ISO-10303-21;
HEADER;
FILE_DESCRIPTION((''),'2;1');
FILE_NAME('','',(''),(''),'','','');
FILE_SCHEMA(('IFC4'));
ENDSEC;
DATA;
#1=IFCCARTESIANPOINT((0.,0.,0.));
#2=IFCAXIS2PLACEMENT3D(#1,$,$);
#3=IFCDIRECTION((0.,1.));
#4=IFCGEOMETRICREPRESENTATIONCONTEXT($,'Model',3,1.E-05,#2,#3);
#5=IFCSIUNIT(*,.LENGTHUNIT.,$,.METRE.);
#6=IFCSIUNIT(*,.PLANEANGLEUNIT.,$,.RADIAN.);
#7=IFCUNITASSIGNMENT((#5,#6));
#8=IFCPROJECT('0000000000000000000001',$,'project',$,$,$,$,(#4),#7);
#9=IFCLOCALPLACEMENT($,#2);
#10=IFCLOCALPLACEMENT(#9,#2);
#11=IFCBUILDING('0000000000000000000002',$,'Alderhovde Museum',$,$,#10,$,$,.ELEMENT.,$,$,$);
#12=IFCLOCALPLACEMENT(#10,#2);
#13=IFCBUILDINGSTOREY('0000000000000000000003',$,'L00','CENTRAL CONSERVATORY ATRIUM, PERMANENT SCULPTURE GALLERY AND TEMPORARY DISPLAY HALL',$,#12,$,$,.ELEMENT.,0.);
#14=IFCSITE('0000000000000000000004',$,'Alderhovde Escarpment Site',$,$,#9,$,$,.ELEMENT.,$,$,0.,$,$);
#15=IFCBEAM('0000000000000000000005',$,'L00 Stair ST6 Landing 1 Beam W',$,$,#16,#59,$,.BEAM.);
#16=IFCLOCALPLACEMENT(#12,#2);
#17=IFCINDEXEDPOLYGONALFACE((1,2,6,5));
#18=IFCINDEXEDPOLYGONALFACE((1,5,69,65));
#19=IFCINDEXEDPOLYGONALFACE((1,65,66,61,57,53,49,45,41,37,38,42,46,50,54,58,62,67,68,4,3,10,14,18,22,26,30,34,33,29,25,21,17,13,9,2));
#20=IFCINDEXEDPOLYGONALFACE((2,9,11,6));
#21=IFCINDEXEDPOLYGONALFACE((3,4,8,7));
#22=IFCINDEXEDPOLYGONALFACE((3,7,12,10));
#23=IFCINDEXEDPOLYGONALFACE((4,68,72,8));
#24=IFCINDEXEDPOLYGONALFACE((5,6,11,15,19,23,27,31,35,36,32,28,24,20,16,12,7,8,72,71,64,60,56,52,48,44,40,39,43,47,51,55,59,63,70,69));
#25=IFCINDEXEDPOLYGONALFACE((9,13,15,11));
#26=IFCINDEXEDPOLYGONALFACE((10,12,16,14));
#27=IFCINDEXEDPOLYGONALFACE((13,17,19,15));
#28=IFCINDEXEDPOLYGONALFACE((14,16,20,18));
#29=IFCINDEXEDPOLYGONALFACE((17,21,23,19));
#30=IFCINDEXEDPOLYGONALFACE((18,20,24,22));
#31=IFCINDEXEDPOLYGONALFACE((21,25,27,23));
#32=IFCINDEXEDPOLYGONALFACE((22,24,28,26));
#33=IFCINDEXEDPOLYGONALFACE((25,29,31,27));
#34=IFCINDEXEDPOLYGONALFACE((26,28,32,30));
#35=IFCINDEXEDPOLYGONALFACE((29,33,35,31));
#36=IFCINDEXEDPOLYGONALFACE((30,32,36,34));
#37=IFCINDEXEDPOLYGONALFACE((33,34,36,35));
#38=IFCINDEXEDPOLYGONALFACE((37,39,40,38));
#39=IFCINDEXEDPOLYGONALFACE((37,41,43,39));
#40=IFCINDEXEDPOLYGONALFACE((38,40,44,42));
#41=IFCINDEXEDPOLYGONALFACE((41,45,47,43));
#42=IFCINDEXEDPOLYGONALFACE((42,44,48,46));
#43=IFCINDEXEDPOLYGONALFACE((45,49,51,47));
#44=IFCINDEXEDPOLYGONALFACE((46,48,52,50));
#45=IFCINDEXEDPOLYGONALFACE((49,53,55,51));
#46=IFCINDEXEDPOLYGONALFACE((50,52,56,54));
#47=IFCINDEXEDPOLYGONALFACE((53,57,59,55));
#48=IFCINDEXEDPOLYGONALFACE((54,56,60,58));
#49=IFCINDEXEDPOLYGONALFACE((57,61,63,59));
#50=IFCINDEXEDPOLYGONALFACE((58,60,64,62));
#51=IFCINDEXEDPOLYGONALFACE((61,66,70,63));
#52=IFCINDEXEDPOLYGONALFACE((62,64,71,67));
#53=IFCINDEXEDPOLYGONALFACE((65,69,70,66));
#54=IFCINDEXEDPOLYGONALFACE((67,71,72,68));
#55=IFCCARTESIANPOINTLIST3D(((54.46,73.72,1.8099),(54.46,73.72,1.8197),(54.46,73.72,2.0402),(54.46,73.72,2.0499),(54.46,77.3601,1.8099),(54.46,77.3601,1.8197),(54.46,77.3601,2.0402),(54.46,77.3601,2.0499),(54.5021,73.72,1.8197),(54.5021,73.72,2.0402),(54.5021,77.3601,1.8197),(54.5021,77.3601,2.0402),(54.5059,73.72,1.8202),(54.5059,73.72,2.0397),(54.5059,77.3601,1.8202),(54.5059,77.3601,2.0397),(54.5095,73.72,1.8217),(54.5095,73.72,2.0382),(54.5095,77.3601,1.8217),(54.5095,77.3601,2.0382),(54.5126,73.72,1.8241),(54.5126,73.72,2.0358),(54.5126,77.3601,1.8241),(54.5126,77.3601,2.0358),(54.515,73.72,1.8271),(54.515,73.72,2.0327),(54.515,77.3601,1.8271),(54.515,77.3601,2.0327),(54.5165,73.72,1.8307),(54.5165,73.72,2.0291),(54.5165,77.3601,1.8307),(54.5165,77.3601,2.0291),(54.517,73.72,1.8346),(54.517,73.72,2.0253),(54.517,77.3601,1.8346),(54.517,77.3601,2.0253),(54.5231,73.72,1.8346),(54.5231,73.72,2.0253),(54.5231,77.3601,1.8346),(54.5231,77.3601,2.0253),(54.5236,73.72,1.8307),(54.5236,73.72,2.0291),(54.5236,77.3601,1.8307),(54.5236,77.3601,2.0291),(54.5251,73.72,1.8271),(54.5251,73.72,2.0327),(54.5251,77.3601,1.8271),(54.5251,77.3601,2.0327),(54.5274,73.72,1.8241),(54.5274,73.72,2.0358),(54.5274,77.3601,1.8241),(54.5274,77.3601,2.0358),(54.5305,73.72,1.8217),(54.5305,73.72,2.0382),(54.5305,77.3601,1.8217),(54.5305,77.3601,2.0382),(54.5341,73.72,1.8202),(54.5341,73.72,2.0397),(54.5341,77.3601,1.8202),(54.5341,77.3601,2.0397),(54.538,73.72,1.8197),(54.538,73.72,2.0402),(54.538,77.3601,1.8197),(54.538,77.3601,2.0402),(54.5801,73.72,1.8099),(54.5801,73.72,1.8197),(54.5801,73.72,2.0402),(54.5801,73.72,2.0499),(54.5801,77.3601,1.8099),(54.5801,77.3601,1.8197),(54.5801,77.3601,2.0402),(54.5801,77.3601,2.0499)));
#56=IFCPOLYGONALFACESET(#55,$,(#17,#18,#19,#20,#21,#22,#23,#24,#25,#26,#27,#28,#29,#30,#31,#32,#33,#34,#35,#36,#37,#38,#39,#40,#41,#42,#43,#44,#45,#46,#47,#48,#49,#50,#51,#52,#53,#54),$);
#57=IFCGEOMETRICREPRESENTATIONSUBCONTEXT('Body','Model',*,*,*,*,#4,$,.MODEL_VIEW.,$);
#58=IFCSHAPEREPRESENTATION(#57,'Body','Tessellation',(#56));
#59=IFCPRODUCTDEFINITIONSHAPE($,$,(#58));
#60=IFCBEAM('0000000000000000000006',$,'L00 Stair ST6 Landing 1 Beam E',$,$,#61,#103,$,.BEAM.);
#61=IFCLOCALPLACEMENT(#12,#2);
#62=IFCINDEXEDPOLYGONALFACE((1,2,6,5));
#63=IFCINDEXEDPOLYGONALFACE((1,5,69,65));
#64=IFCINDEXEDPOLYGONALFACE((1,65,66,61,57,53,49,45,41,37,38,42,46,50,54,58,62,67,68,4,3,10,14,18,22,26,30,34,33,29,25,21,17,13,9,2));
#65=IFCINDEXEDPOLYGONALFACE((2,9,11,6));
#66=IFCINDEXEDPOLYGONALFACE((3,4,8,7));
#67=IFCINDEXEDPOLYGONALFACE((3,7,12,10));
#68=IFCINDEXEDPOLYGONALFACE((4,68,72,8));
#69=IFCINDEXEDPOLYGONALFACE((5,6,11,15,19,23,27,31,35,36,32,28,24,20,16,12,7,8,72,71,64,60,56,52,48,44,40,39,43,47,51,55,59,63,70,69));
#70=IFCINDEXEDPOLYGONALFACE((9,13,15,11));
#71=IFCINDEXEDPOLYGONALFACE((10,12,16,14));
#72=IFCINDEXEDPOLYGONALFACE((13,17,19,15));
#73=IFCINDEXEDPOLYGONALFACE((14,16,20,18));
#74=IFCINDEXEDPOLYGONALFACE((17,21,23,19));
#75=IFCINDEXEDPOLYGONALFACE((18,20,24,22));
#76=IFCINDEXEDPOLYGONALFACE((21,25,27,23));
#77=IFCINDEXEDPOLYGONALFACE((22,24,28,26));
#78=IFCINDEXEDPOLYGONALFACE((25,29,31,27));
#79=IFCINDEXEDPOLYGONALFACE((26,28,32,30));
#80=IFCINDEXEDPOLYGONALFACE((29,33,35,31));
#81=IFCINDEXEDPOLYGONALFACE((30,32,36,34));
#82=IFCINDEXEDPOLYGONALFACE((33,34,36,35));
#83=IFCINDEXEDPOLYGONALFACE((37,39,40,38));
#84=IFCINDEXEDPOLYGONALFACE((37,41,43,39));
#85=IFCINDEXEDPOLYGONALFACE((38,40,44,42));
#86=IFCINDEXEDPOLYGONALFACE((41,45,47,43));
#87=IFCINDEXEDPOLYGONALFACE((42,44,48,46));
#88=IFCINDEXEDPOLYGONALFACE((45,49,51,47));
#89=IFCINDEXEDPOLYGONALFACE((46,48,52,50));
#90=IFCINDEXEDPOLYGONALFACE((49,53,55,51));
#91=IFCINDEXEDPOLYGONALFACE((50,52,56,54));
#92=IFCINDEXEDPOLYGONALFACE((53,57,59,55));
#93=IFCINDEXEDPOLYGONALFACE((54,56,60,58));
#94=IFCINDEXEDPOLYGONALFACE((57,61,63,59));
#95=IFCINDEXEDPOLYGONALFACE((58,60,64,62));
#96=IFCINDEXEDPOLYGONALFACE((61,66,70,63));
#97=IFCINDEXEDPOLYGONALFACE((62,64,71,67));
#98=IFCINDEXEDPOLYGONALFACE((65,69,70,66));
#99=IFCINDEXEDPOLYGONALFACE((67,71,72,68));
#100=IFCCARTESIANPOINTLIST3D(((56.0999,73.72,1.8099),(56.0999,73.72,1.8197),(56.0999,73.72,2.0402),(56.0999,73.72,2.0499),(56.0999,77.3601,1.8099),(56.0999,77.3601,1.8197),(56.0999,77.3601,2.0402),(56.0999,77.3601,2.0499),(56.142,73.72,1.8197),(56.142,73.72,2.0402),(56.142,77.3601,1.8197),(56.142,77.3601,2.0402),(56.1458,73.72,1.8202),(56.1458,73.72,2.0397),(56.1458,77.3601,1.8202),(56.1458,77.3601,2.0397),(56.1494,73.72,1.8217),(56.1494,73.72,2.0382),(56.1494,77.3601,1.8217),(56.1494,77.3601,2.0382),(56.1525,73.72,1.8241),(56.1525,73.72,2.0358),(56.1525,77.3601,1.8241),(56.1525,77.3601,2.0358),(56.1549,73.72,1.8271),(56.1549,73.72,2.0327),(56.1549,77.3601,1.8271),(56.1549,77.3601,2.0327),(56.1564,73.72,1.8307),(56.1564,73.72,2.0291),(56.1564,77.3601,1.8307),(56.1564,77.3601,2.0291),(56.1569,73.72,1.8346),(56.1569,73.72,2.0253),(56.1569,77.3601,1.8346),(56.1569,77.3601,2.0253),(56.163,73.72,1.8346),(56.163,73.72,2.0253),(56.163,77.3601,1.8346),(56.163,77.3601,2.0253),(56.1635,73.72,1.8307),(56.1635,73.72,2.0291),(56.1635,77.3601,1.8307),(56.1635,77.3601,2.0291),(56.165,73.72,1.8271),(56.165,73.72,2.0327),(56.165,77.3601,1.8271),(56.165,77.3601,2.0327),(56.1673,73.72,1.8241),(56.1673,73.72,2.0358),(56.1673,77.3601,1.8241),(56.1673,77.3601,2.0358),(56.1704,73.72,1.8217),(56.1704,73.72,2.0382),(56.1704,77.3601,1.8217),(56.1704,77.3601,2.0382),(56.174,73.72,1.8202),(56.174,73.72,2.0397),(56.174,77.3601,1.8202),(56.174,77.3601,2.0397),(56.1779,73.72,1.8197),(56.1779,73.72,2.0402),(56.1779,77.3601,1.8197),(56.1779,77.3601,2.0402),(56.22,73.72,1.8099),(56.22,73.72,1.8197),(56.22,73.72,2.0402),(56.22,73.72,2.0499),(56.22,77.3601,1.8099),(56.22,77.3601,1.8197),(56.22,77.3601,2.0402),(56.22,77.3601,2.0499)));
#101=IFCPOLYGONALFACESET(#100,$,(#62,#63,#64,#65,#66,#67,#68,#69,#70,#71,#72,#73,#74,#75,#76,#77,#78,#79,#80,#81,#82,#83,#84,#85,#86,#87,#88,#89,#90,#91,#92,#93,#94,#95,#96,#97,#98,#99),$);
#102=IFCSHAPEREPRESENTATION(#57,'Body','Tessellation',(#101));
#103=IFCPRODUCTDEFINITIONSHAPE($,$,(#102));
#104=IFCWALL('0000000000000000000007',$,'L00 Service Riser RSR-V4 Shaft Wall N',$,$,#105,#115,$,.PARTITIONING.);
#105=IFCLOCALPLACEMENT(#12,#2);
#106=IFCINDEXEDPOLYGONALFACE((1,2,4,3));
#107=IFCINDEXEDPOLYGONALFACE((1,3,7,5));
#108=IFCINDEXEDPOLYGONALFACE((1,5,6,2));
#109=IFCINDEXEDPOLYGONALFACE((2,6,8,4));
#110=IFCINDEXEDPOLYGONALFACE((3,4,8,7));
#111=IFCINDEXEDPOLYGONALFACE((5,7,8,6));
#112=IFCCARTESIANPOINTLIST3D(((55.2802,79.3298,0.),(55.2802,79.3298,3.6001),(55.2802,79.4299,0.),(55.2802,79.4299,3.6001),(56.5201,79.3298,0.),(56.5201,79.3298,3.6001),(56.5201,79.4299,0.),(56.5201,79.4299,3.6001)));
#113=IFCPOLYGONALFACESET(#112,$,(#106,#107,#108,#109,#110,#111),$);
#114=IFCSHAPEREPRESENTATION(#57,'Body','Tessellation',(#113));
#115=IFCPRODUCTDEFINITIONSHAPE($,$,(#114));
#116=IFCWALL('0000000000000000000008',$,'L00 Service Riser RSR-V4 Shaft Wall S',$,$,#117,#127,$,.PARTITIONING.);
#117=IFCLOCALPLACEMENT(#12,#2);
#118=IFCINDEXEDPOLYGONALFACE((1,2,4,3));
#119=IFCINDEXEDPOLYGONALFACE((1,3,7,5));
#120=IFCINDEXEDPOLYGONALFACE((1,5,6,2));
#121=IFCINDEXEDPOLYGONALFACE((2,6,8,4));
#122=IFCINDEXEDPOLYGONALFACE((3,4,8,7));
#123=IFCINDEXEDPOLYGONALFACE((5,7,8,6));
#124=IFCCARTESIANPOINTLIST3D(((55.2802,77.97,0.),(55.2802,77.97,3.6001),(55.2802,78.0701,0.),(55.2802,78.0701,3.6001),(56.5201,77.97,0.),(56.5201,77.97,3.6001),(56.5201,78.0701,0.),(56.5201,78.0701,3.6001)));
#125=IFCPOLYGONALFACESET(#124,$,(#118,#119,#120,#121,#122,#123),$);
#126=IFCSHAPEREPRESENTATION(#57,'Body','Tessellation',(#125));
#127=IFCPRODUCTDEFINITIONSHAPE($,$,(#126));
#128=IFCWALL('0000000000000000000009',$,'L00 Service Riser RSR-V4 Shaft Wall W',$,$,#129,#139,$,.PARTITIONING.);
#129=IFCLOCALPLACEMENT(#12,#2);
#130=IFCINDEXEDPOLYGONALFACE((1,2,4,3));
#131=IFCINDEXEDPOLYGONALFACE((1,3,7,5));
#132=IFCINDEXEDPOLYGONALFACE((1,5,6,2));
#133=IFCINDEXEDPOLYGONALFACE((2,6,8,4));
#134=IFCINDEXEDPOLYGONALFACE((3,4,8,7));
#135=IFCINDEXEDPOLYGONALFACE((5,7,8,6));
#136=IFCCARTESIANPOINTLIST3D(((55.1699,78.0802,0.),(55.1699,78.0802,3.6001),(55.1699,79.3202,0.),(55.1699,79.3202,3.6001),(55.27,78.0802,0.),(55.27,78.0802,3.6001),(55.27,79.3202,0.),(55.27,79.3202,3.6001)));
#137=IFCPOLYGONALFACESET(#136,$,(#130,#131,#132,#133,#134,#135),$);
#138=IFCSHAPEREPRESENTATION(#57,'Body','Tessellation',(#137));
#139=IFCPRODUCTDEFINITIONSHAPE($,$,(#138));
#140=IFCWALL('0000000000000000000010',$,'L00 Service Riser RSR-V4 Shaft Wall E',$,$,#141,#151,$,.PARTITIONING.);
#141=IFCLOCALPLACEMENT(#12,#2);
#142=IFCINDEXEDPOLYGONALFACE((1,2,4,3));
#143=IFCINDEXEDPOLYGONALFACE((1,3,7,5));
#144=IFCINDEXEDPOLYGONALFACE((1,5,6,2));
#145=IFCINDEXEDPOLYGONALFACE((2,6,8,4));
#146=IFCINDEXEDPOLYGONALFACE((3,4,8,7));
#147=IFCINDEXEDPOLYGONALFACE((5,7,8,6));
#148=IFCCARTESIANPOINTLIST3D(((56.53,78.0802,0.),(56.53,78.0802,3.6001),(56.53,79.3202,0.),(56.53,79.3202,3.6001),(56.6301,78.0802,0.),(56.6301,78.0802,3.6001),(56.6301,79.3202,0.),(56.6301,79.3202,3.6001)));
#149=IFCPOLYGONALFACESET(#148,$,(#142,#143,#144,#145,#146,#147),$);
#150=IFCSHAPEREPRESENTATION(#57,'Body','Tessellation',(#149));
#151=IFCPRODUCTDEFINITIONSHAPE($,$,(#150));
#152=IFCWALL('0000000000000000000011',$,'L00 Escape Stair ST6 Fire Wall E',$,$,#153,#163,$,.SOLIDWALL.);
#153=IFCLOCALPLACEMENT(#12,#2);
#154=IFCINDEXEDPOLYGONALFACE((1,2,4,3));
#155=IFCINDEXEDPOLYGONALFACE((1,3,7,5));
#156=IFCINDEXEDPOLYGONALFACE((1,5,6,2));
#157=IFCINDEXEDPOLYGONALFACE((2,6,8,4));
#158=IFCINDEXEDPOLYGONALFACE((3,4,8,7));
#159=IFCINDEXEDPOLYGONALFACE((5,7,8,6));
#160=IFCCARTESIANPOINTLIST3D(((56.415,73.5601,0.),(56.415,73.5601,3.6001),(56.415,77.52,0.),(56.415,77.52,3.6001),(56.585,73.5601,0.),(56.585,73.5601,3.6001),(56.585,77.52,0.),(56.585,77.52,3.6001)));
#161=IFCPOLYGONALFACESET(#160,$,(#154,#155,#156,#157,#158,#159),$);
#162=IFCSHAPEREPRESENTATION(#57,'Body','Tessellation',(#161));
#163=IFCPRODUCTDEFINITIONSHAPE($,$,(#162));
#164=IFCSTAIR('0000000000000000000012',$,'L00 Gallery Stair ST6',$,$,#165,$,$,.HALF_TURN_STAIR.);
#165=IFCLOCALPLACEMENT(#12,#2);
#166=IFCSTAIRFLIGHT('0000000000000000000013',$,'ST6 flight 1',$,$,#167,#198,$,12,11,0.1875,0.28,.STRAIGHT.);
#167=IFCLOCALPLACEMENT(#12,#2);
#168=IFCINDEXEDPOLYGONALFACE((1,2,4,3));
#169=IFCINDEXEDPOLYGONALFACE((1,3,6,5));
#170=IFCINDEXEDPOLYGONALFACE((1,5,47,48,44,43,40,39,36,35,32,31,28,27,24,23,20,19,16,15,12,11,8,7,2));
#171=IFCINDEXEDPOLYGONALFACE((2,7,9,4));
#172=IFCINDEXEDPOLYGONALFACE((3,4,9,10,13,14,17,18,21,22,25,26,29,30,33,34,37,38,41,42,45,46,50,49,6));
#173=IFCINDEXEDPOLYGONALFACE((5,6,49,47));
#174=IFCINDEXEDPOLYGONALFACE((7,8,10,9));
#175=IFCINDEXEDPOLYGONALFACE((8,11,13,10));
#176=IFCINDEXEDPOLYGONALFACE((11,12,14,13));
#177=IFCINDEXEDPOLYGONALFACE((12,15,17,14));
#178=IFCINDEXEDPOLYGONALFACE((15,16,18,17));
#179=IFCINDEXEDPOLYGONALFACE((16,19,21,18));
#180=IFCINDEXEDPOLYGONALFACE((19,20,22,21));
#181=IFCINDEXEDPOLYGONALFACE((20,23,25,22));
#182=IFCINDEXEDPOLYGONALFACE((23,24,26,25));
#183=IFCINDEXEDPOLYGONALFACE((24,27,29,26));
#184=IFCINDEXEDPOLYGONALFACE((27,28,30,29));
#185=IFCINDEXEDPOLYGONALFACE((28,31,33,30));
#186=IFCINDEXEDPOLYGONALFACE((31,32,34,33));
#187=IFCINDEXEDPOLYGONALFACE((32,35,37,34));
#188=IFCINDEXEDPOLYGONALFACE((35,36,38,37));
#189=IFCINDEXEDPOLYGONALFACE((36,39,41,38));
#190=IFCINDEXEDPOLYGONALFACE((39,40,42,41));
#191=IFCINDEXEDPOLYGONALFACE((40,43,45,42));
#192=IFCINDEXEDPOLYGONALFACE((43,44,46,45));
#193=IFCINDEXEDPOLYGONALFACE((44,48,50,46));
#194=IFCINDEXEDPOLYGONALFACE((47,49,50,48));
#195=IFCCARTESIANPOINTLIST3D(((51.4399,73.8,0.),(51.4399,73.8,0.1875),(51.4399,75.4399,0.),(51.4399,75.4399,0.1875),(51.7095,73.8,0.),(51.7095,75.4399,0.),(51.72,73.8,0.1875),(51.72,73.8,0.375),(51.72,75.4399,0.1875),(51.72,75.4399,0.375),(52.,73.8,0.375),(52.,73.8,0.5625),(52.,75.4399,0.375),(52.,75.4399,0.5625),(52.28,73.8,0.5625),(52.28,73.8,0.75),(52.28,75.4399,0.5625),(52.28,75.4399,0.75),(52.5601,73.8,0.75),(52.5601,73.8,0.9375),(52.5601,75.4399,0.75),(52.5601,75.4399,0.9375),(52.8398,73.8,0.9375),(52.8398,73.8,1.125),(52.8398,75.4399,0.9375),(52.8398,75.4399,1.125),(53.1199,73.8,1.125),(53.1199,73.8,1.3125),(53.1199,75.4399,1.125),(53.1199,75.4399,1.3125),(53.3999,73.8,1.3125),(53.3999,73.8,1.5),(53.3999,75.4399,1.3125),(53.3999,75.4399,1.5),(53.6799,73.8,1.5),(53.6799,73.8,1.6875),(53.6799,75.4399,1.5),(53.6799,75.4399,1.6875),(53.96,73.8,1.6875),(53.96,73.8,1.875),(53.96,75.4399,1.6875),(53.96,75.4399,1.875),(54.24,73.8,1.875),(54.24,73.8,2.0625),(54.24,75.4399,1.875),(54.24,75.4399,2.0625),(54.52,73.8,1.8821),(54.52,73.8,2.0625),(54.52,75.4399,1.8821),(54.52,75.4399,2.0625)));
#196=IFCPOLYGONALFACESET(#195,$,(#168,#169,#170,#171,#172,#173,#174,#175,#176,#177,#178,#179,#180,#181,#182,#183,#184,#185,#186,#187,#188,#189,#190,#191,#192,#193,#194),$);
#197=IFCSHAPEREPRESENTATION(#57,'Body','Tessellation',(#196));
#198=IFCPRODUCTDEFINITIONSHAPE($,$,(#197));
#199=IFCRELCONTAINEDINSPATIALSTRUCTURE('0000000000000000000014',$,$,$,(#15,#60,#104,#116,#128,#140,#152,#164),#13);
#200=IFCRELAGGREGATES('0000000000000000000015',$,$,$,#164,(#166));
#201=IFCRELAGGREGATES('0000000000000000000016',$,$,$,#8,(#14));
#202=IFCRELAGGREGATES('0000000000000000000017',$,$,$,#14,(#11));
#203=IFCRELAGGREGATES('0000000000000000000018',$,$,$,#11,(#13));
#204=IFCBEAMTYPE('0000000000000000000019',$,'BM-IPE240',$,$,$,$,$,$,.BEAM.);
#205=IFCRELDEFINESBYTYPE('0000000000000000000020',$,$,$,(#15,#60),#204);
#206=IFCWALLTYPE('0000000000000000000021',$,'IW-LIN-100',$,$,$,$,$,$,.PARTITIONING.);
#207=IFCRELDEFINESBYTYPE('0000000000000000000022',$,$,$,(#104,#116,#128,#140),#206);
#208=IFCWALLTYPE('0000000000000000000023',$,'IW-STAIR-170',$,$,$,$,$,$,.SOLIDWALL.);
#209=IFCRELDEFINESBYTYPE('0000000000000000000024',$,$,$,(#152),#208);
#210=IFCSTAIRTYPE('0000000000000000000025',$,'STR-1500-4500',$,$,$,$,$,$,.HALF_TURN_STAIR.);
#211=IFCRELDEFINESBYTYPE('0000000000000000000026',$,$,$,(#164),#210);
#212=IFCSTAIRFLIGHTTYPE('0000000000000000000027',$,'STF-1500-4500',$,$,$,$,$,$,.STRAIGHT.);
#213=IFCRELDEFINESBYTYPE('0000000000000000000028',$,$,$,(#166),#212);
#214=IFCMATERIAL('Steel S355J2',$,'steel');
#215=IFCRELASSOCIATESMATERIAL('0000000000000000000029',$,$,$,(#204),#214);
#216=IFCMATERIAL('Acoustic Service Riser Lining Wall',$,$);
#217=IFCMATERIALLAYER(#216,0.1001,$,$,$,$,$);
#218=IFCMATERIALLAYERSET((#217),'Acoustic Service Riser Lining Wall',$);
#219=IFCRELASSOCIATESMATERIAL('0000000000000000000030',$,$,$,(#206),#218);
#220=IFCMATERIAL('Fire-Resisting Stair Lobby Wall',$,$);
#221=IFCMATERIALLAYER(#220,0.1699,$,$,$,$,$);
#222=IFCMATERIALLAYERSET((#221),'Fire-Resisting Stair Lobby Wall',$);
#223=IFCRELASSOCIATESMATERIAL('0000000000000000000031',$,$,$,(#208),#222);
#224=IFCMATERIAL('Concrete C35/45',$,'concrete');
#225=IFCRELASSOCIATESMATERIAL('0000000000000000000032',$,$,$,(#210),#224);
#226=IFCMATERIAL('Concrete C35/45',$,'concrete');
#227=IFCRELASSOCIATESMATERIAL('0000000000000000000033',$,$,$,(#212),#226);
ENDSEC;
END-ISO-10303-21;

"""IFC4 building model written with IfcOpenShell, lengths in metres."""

from ifc_helpers import new_model, si_unit, direction, frame, frame_2d, origin, origin_2d, place, context, subcontext, project, spatial, polyline, rectangle, i_section, outline, extrude, material, layer, layer_set, material_profile, profile_set, type_object, element, aggregate, save


model = new_model("IFC4")

# Units and contexts
model_context = context("Model", 3, precision=1e-05, world=origin(), true_north=direction((0.0, 1.0)))
body_context = subcontext(model_context, "Body", "Model", "MODEL_VIEW")
ifc_project = project(units=[si_unit("LENGTHUNIT", "METRE"), si_unit("PLANEANGLEUNIT", "RADIAN")], contexts=[model_context])

# Site, building, storey
site_placement = place(None, origin())
site = spatial("IfcSite", under=ifc_project, at=site_placement, Name="Alderhovde Escarpment Site", CompositionType="ELEMENT", RefElevation=0.0)
building_placement = place(site_placement, origin())
building = spatial("IfcBuilding", under=site, at=building_placement, Name="Alderhovde Museum", CompositionType="ELEMENT")
storey_placement = place(building_placement, origin())
storey = spatial("IfcBuildingStorey", under=building, at=storey_placement, Name="L00", Description="CENTRAL CONSERVATORY ATRIUM, PERMANENT SCULPTURE GALLERY AND TEMPORARY DISPLAY HALL", CompositionType="ELEMENT", Elevation=0.0)

# Beams
ifc_material_1 = material(Name="Steel S355J2", Category="steel")
ifc_material_profile_1 = material_profile(ifc_material_1, i_section(OverallWidth=0.1201, OverallDepth=0.24, WebThickness=0.0061, FlangeThickness=0.0098, FilletRadius=0.0149, at=origin_2d()), Name="IPE 240")
ifc_profile_set_1 = profile_set([ifc_material_profile_1], Name="Steel S355J2")
beam_type = type_object("IfcBeamType", Name="BM-IPE240", PredefinedType="BEAM", material=ifc_profile_set_1)
for number, where, z_axis, x_axis, name in (
    (1, (54.52, 73.72, 1.9299), (0.0, 1.0, 0.0), (-1.0, 0.0, 0.0), "L00 Stair ST6 Landing 1 Beam W"),
    (2, (56.1599, 73.72, 1.9299), (0.0, 1.0, 0.0), (-1.0, 0.0, 0.0), "L00 Stair ST6 Landing 1 Beam E"),
):
    element("IfcBeam", number, at=place(storey_placement, frame(where, z_axis=z_axis, x_axis=x_axis)), inside=storey, type_object=beam_type, Name=name, PredefinedType="BEAM", context=body_context, shape_type="SweptSolid", body=[
        extrude(i_section(OverallWidth=0.1201, OverallDepth=0.24, WebThickness=0.0061, FlangeThickness=0.0098, FilletRadius=0.0149, at=origin_2d()), origin(), (0.0, 0.0, 1.0), 3.6401),
    ])

# Walls
ifc_material_2 = material(Name="Acoustic Service Riser Lining Wall")
ifc_layer_1 = layer(ifc_material_2, 0.1001)
ifc_layer_set_1 = layer_set([ifc_layer_1], Name="Acoustic Service Riser Lining Wall")
wall_type_1 = type_object("IfcWallType", Name="IW-LIN-100", PredefinedType="PARTITIONING", material=ifc_layer_set_1)
for number, where, z_axis, x_axis, name in (
    (3, (55.28, 79.3799, 0.0), (0.0, 0.0, 1.0), (1.0, 0.0, 0.0), "L00 Service Riser RSR-V4 Shaft Wall N"),
    (4, (55.28, 78.02, 0.0), (0.0, 0.0, 1.0), (1.0, 0.0, 0.0), "L00 Service Riser RSR-V4 Shaft Wall S"),
    (5, (55.22, 78.0801, 0.0), (0.0, 0.0, 1.0), (0.0, 1.0, 0.0), "L00 Service Riser RSR-V4 Shaft Wall W"),
    (6, (56.5801, 78.0801, 0.0), (0.0, 0.0, 1.0), (0.0, 1.0, 0.0), "L00 Service Riser RSR-V4 Shaft Wall E"),
):
    element("IfcWall", number, at=place(storey_placement, frame(where, z_axis=z_axis, x_axis=x_axis)), inside=storey, type_object=wall_type_1, Name=name, PredefinedType="PARTITIONING", context=body_context, shape_type="SweptSolid", body=[
        extrude(rectangle(XDim=1.24, YDim=0.1001, at=frame_2d((0.6201, 0.0))), origin(), (0.0, 0.0, 1.0), 3.6001),
    ])
ifc_material_3 = material(Name="Fire-Resisting Stair Lobby Wall")
ifc_layer_2 = layer(ifc_material_3, 0.1699)
ifc_layer_set_2 = layer_set([ifc_layer_2], Name="Fire-Resisting Stair Lobby Wall")
wall_type_2 = type_object("IfcWallType", Name="IW-STAIR-170", PredefinedType="SOLIDWALL", material=ifc_layer_set_2)
wall_placement = place(storey_placement, frame((56.5, 73.5601, 0.0), z_axis=(0.0, 0.0, 1.0), x_axis=(0.0, 1.0, 0.0)))
element("IfcWall", 7, at=wall_placement, inside=storey, type_object=wall_type_2, Name="L00 Escape Stair ST6 Fire Wall E", PredefinedType="SOLIDWALL", context=body_context, shape_type="SweptSolid", body=[
    extrude(rectangle(XDim=3.96, YDim=0.1699, at=frame_2d((1.98, 0.0))), origin(), (0.0, 0.0, 1.0), 3.6001),
])

# Stair, stair flight
ifc_material_4 = material(Name="Concrete C35/45", Category="concrete")
stair_type = type_object("IfcStairType", Name="STR-1500-4500", PredefinedType="HALF_TURN_STAIR", material=ifc_material_4)
stair_placement = place(storey_placement, origin())
stair = element("IfcStair", 8, at=stair_placement, inside=storey, type_object=stair_type, Name="L00 Gallery Stair ST6", PredefinedType="HALF_TURN_STAIR")
ifc_material_5 = material(Name="Concrete C35/45", Category="concrete")
stair_flight_type = type_object("IfcStairFlightType", Name="STF-1500-4500", PredefinedType="STRAIGHT", material=ifc_material_5)
stair_flight_1_placement = place(storey_placement, frame((51.4399, 74.6201, 0.0), z_axis=(0.0, 0.0, 1.0), x_axis=(1.0, 0.0, 0.0)))
stair_flight_1 = element("IfcStairFlight", 9, at=stair_flight_1_placement, type_object=stair_flight_type, Name="ST6 flight 1", NumberOfRisers=12, NumberOfTreads=11, PredefinedType="STRAIGHT", RiserHeight=0.1875, TreadLength=0.28, context=body_context, shape_type="SweptSolid", body=[
    extrude(outline(polyline([(0.0, 0.0), (0.0, 0.1875), (0.28, 0.1875), (0.28, 0.375), (0.5601, 0.375), (0.5601, 0.5625), (0.8401, 0.5625), (0.8401, 0.75), (1.1201, 0.75), (1.1201, 0.9375), (1.3999, 0.9375), (1.3999, 1.125), (1.6799, 1.125), (1.6799, 1.3125), (1.96, 1.3125), (1.96, 1.5), (2.24, 1.5), (2.24, 1.6875), (2.52, 1.6875), (2.52, 1.875), (2.8, 1.875), (2.8, 2.0625), (3.0801, 2.0625), (3.0801, 2.25), (3.0801, 1.8821), (0.2695, 0.0), (0.0, 0.0)])), frame((0.0, 0.8198, 0.0), z_axis=(0.0, -1.0, 0.0), x_axis=(1.0, 0.0, 0.0)), (0.0, 0.0, 1.0), 1.6399),
])
aggregate(stair, [stair_flight_1])

save(model, "model.ifc")
